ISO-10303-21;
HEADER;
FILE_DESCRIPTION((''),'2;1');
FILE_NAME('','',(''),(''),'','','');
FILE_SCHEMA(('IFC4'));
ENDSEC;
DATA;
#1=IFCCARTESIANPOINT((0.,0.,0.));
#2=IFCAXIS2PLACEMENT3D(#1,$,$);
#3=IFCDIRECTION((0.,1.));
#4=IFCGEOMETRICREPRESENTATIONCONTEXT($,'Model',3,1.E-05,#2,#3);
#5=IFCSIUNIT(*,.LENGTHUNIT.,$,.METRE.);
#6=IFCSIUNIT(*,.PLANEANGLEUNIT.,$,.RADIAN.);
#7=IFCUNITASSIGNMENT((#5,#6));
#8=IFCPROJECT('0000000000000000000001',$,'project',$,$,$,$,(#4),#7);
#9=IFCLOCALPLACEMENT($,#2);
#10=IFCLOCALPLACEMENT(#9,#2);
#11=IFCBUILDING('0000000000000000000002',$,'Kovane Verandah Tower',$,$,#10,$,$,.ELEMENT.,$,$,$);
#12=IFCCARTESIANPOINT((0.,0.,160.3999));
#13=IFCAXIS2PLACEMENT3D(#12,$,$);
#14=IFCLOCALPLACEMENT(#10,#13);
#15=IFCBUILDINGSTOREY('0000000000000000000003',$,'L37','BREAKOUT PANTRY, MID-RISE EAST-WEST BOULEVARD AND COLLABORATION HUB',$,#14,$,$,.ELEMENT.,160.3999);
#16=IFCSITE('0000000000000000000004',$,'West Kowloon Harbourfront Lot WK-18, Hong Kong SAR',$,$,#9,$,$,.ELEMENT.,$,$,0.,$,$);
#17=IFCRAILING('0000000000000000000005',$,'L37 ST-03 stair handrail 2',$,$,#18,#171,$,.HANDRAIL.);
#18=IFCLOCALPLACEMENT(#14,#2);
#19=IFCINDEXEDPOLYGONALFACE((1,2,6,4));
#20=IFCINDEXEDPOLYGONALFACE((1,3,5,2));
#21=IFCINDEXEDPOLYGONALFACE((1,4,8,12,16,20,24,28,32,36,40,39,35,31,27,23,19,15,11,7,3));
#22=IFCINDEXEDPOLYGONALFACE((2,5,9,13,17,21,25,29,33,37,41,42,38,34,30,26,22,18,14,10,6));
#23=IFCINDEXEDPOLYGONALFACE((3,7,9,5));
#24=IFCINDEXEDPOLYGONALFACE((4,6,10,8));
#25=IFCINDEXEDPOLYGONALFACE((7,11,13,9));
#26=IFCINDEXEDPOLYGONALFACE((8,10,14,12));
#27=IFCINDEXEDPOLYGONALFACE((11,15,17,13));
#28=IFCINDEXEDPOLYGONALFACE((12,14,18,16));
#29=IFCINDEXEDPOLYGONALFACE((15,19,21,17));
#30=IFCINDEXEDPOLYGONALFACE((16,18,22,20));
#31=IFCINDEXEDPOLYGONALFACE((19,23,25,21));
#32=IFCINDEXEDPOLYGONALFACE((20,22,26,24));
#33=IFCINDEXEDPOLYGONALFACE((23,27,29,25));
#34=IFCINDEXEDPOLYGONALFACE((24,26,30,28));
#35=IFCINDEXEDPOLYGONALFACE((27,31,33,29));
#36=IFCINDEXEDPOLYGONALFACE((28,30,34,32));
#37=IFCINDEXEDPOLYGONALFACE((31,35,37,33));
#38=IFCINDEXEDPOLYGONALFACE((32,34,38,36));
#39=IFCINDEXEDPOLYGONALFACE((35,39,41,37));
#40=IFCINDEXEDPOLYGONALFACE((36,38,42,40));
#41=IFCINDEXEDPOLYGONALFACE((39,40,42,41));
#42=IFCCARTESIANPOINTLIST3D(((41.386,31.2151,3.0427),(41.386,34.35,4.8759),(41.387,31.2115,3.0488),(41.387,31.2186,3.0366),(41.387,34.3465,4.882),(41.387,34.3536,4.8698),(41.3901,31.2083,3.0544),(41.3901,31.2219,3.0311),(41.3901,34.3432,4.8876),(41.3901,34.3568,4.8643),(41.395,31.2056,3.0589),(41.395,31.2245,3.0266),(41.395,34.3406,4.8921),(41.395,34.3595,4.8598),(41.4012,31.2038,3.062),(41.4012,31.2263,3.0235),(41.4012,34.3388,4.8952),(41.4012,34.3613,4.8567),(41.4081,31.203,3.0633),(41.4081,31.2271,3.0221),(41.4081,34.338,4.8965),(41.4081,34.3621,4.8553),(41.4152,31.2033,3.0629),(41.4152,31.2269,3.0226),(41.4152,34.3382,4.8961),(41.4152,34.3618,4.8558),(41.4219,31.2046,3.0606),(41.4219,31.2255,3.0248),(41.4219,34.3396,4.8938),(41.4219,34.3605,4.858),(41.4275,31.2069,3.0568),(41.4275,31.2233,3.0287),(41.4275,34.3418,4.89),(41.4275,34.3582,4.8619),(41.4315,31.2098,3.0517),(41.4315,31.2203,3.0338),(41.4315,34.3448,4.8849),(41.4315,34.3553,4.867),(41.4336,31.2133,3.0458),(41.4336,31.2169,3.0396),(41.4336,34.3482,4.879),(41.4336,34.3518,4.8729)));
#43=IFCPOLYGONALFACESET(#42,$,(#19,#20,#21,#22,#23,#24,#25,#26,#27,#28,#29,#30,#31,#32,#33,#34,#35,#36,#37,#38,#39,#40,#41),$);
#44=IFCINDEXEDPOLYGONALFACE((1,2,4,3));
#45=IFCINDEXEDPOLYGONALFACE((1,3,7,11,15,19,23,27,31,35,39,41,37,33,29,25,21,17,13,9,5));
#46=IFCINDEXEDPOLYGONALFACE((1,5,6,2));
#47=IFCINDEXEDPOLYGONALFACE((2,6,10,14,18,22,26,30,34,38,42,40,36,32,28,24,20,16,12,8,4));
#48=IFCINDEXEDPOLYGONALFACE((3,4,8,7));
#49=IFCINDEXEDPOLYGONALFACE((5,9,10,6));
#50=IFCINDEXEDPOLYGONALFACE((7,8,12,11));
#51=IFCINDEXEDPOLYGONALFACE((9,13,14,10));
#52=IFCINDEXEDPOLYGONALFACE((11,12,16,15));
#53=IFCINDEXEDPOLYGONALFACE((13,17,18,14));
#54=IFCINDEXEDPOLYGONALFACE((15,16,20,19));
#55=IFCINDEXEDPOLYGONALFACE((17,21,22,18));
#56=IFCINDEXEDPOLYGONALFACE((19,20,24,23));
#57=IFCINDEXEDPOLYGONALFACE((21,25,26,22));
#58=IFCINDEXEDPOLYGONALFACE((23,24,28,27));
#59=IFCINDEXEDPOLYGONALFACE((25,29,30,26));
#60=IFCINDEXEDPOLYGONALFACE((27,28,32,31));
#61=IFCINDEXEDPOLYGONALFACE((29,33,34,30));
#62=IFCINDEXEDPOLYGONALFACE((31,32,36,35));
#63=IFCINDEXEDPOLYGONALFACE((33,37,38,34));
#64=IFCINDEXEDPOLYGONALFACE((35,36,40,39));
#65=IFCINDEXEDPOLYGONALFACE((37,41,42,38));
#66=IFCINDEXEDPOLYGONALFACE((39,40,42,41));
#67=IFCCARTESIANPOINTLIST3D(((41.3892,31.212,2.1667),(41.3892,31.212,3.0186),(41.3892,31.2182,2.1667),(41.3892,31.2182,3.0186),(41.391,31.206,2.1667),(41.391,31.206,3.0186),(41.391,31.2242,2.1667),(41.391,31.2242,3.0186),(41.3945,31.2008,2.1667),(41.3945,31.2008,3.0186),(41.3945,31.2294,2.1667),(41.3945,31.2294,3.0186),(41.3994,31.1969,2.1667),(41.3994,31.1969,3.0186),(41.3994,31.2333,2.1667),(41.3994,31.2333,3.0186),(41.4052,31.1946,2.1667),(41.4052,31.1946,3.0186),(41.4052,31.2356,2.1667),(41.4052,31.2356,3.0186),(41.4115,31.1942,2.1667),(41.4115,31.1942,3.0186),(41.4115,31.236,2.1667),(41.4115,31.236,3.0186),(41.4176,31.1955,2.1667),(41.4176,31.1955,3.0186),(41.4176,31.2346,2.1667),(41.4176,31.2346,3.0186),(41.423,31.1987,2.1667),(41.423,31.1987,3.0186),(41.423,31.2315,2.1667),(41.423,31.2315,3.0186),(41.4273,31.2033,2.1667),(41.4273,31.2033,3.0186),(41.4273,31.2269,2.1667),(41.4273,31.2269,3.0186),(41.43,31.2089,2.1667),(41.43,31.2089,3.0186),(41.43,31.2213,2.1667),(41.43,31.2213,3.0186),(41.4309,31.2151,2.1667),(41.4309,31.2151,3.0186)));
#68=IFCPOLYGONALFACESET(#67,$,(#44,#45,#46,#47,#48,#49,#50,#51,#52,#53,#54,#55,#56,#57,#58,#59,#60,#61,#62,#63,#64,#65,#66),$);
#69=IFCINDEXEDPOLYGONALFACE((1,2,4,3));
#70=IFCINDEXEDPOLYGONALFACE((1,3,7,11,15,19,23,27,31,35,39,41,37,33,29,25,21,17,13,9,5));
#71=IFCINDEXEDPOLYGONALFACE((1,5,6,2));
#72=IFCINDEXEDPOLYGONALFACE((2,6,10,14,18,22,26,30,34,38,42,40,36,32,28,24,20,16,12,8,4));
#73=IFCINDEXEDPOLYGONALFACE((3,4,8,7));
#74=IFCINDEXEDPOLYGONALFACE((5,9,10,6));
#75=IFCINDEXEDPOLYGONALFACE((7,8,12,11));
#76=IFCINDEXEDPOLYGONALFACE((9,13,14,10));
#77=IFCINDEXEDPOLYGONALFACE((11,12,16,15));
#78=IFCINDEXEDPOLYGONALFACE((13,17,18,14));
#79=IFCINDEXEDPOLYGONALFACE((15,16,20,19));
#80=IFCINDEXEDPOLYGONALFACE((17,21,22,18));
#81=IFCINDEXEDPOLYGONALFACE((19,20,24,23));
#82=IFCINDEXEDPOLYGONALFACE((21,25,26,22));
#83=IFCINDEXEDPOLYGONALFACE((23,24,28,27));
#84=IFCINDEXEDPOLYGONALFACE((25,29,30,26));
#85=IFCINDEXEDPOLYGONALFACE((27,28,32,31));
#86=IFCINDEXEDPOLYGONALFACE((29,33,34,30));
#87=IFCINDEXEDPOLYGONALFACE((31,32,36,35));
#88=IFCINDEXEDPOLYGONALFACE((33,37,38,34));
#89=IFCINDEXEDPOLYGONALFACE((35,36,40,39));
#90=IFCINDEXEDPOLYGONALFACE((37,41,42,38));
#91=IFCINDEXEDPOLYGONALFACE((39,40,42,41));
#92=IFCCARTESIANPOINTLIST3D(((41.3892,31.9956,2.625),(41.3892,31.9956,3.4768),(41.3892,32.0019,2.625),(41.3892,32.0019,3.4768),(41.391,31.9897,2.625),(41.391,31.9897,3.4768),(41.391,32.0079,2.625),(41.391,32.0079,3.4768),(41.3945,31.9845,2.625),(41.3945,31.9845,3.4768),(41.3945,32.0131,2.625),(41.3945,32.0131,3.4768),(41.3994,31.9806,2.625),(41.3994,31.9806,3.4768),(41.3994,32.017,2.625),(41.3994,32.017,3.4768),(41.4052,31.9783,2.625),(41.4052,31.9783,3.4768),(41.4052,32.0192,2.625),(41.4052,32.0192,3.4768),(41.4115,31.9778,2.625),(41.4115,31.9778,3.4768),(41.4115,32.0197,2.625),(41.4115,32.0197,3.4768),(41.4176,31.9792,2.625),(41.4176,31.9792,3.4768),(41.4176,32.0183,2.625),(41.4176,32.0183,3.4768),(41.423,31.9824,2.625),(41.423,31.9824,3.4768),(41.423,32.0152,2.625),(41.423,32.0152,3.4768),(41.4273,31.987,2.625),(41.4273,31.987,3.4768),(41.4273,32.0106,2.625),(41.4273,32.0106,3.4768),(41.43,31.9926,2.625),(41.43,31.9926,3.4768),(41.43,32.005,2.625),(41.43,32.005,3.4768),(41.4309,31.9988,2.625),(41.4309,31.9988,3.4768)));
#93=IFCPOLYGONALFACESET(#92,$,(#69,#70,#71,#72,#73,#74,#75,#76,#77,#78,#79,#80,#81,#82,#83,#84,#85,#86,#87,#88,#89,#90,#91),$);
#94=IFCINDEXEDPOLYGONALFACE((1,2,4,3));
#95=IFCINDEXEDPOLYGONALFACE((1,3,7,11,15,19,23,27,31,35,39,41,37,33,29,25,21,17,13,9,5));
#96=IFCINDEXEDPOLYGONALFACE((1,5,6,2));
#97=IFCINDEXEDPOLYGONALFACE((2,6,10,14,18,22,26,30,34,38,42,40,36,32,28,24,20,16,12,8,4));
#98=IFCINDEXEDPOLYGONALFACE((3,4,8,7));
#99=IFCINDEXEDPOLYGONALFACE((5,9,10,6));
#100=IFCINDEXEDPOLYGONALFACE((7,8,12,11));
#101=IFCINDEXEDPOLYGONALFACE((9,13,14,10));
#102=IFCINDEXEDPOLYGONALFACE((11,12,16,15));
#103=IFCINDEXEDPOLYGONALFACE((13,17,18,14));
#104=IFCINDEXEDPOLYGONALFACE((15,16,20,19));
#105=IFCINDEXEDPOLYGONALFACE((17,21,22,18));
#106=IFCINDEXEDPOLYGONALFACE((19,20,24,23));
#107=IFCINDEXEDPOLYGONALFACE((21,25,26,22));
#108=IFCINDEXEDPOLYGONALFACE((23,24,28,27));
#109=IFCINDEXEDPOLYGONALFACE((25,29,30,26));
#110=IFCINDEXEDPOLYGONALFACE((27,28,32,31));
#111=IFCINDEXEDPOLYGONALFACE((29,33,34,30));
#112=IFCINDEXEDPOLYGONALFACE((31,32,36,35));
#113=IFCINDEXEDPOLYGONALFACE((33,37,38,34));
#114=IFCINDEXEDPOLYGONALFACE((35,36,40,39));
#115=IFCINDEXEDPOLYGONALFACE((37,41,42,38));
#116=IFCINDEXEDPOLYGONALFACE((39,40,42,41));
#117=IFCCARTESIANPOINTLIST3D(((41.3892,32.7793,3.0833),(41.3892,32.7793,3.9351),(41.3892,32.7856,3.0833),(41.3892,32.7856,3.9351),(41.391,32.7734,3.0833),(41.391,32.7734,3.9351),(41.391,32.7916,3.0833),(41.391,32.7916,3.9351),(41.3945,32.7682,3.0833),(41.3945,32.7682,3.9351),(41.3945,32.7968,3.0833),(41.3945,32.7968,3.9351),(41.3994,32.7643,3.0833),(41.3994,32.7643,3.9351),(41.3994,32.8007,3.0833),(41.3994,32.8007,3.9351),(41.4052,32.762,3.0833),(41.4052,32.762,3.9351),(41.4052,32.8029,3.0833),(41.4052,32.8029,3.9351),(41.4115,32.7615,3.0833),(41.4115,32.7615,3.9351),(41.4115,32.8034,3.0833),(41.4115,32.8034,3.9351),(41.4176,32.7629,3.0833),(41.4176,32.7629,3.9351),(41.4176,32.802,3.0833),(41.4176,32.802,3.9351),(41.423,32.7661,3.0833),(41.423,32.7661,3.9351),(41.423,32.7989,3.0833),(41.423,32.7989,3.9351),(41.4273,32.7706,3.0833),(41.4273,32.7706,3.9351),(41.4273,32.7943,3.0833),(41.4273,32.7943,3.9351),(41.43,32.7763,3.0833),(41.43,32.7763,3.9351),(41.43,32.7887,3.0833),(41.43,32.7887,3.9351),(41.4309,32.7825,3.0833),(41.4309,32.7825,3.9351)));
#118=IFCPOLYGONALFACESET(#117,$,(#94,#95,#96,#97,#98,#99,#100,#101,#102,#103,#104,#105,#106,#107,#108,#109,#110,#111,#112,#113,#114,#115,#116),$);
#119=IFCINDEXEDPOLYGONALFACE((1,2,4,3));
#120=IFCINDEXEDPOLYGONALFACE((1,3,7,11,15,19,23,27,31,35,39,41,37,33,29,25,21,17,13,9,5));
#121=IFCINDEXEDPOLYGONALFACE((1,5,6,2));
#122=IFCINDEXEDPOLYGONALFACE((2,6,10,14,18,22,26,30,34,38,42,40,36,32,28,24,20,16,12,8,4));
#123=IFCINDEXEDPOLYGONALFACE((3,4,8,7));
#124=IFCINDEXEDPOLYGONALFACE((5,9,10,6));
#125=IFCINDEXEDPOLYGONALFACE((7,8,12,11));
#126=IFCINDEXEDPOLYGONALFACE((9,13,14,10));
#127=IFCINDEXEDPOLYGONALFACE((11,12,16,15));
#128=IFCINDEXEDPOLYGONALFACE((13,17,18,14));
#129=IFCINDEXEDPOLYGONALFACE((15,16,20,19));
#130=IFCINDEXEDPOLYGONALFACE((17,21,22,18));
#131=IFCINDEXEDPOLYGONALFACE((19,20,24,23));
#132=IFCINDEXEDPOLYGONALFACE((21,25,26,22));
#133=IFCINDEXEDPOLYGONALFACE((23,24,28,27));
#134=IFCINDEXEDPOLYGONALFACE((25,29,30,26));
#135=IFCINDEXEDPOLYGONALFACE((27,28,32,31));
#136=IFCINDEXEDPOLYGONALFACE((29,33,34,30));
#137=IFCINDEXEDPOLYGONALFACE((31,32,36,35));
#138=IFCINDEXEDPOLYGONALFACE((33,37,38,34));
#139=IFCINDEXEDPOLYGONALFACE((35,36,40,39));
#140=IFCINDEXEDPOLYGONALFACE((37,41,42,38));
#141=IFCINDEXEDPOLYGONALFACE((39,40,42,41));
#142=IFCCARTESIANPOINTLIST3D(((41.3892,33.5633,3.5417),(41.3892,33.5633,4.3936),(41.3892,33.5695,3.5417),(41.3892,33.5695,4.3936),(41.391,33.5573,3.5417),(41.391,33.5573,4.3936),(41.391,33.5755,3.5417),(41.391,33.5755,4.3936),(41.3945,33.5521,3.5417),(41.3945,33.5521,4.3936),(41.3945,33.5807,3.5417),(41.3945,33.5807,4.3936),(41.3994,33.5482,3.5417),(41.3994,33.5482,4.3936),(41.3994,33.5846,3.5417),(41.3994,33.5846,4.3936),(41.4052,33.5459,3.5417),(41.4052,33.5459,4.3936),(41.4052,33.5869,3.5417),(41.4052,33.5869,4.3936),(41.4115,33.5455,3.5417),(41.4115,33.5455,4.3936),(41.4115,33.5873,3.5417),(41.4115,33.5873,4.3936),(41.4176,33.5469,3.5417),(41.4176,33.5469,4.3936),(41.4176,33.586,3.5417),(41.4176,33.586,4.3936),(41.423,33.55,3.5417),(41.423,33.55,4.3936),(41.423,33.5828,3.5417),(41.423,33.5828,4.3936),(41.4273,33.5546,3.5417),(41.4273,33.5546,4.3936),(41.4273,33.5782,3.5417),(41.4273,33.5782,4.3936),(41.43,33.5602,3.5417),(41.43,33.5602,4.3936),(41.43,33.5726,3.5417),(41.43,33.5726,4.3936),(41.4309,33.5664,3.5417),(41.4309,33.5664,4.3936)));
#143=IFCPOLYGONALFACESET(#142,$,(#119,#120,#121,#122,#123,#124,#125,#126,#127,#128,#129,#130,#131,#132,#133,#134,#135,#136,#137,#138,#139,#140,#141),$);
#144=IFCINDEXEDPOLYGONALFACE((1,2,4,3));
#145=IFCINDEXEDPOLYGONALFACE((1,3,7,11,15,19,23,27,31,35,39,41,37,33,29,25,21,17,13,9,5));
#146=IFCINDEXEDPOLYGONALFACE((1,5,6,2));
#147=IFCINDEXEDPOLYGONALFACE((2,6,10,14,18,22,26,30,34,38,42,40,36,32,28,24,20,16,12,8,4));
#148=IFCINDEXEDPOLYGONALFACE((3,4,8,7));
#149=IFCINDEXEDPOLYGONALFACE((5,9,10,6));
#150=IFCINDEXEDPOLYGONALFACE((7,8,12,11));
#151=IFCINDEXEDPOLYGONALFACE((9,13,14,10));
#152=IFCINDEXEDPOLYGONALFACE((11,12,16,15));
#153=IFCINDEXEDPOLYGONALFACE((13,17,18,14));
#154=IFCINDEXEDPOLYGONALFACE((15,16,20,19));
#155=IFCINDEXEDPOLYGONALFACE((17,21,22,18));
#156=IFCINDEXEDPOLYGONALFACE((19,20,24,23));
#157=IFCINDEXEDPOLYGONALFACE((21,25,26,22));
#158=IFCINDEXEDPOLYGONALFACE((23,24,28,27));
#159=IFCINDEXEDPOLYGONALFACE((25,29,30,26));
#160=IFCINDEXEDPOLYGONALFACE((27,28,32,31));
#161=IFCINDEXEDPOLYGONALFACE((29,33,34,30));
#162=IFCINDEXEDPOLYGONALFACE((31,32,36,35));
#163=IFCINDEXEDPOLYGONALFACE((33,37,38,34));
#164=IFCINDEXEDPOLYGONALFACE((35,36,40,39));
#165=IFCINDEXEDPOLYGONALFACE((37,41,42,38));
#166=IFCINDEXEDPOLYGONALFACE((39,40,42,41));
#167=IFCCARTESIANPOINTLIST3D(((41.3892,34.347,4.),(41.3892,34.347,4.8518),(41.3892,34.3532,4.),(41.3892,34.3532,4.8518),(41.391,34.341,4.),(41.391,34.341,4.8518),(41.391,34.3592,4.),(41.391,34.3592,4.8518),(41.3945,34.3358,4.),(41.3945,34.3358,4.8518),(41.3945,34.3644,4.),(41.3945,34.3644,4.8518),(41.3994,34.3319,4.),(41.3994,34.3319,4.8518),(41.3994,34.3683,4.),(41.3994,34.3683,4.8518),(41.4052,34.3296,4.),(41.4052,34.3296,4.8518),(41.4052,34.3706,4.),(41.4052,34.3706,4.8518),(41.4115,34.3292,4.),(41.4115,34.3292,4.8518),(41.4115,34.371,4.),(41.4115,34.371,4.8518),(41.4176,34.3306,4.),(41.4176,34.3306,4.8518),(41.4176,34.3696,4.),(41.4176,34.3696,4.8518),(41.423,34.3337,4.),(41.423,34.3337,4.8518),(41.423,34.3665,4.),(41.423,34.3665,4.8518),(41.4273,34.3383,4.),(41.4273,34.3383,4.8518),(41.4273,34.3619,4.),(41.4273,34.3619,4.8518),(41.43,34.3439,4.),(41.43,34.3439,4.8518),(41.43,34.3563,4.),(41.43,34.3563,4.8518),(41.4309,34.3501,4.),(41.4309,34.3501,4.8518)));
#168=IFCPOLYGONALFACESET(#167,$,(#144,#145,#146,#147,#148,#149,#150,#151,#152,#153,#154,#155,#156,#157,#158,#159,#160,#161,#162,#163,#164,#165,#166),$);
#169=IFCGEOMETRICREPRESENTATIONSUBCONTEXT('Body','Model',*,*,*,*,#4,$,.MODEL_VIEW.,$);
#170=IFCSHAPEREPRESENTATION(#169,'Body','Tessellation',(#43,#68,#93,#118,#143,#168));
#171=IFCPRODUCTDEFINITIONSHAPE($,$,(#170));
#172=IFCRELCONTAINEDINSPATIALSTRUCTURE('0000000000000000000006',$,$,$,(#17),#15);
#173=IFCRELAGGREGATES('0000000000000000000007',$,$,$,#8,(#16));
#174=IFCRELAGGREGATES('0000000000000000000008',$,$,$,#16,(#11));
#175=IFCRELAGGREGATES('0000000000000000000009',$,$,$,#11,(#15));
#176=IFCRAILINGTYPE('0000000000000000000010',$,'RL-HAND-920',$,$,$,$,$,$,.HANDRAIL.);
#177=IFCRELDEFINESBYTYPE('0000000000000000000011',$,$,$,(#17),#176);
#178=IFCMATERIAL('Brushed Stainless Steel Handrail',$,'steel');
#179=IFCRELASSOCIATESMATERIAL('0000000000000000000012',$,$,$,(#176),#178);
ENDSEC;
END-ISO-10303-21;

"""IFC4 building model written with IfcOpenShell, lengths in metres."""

from ifc_helpers import new_model, si_unit, direction, frame, origin, origin_2d, place, context, subcontext, project, spatial, circle, extrude, material, type_object, element, save


model = new_model("IFC4")

# Units and contexts
model_context = context("Model", 3, precision=1e-05, world=origin(), true_north=direction((0.0, 1.0)))
body_context = subcontext(model_context, "Body", "Model", "MODEL_VIEW")
ifc_project = project(units=[si_unit("LENGTHUNIT", "METRE"), si_unit("PLANEANGLEUNIT", "RADIAN")], contexts=[model_context])

# Site, building, storey
site_placement = place(None, origin())
site = spatial("IfcSite", under=ifc_project, at=site_placement, Name="West Kowloon Harbourfront Lot WK-18, Hong Kong SAR", CompositionType="ELEMENT", RefElevation=0.0)
building_placement = place(site_placement, origin())
building = spatial("IfcBuilding", under=site, at=building_placement, Name="Kovane Verandah Tower", CompositionType="ELEMENT")
storey_placement = place(building_placement, frame((0.0, 0.0, 160.3999)))
storey = spatial("IfcBuildingStorey", under=building, at=storey_placement, Name="L37", Description="BREAKOUT PANTRY, MID-RISE EAST-WEST BOULEVARD AND COLLABORATION HUB", CompositionType="ELEMENT", Elevation=160.3999)

# Railing
ifc_material_1 = material(Name="Brushed Stainless Steel Handrail", Category="steel")
railing_type_1 = type_object("IfcRailingType", Name="RL-HAND-920", PredefinedType="HANDRAIL", material=ifc_material_1)
railing_1_placement = place(storey_placement, frame((41.4099, 31.2151, 2.1667)))
element("IfcRailing", 1, at=railing_1_placement, inside=storey, type_object=railing_type_1, Name="L37 ST-03 stair handrail 2", PredefinedType="HANDRAIL", context=body_context, shape_type="SweptSolid", body=[
    extrude(circle(Radius=0.0239, at=origin_2d()), frame((0.0, 0.0, 0.876), z_axis=(0.0, 0.86324, 0.504794), x_axis=(-1.0, 0.0, 0.0)), (0.0, 0.0, 1.0), 3.6316),
    extrude(circle(Radius=0.021, at=origin_2d()), origin(), (0.0, 0.0, 1.0), 0.8518),
    extrude(circle(Radius=0.021, at=origin_2d()), frame((0.0, 0.7837, 0.4583)), (0.0, 0.0, 1.0), 0.8518),
    extrude(circle(Radius=0.021, at=origin_2d()), frame((0.0, 1.5674, 0.9165)), (0.0, 0.0, 1.0), 0.8518),
    extrude(circle(Radius=0.021, at=origin_2d()), frame((0.0, 2.3513, 1.375)), (0.0, 0.0, 1.0), 0.8518),
    extrude(circle(Radius=0.021, at=origin_2d()), frame((0.0, 3.135, 1.8333)), (0.0, 0.0, 1.0), 0.8518),
])

save(model, "model.ifc")
